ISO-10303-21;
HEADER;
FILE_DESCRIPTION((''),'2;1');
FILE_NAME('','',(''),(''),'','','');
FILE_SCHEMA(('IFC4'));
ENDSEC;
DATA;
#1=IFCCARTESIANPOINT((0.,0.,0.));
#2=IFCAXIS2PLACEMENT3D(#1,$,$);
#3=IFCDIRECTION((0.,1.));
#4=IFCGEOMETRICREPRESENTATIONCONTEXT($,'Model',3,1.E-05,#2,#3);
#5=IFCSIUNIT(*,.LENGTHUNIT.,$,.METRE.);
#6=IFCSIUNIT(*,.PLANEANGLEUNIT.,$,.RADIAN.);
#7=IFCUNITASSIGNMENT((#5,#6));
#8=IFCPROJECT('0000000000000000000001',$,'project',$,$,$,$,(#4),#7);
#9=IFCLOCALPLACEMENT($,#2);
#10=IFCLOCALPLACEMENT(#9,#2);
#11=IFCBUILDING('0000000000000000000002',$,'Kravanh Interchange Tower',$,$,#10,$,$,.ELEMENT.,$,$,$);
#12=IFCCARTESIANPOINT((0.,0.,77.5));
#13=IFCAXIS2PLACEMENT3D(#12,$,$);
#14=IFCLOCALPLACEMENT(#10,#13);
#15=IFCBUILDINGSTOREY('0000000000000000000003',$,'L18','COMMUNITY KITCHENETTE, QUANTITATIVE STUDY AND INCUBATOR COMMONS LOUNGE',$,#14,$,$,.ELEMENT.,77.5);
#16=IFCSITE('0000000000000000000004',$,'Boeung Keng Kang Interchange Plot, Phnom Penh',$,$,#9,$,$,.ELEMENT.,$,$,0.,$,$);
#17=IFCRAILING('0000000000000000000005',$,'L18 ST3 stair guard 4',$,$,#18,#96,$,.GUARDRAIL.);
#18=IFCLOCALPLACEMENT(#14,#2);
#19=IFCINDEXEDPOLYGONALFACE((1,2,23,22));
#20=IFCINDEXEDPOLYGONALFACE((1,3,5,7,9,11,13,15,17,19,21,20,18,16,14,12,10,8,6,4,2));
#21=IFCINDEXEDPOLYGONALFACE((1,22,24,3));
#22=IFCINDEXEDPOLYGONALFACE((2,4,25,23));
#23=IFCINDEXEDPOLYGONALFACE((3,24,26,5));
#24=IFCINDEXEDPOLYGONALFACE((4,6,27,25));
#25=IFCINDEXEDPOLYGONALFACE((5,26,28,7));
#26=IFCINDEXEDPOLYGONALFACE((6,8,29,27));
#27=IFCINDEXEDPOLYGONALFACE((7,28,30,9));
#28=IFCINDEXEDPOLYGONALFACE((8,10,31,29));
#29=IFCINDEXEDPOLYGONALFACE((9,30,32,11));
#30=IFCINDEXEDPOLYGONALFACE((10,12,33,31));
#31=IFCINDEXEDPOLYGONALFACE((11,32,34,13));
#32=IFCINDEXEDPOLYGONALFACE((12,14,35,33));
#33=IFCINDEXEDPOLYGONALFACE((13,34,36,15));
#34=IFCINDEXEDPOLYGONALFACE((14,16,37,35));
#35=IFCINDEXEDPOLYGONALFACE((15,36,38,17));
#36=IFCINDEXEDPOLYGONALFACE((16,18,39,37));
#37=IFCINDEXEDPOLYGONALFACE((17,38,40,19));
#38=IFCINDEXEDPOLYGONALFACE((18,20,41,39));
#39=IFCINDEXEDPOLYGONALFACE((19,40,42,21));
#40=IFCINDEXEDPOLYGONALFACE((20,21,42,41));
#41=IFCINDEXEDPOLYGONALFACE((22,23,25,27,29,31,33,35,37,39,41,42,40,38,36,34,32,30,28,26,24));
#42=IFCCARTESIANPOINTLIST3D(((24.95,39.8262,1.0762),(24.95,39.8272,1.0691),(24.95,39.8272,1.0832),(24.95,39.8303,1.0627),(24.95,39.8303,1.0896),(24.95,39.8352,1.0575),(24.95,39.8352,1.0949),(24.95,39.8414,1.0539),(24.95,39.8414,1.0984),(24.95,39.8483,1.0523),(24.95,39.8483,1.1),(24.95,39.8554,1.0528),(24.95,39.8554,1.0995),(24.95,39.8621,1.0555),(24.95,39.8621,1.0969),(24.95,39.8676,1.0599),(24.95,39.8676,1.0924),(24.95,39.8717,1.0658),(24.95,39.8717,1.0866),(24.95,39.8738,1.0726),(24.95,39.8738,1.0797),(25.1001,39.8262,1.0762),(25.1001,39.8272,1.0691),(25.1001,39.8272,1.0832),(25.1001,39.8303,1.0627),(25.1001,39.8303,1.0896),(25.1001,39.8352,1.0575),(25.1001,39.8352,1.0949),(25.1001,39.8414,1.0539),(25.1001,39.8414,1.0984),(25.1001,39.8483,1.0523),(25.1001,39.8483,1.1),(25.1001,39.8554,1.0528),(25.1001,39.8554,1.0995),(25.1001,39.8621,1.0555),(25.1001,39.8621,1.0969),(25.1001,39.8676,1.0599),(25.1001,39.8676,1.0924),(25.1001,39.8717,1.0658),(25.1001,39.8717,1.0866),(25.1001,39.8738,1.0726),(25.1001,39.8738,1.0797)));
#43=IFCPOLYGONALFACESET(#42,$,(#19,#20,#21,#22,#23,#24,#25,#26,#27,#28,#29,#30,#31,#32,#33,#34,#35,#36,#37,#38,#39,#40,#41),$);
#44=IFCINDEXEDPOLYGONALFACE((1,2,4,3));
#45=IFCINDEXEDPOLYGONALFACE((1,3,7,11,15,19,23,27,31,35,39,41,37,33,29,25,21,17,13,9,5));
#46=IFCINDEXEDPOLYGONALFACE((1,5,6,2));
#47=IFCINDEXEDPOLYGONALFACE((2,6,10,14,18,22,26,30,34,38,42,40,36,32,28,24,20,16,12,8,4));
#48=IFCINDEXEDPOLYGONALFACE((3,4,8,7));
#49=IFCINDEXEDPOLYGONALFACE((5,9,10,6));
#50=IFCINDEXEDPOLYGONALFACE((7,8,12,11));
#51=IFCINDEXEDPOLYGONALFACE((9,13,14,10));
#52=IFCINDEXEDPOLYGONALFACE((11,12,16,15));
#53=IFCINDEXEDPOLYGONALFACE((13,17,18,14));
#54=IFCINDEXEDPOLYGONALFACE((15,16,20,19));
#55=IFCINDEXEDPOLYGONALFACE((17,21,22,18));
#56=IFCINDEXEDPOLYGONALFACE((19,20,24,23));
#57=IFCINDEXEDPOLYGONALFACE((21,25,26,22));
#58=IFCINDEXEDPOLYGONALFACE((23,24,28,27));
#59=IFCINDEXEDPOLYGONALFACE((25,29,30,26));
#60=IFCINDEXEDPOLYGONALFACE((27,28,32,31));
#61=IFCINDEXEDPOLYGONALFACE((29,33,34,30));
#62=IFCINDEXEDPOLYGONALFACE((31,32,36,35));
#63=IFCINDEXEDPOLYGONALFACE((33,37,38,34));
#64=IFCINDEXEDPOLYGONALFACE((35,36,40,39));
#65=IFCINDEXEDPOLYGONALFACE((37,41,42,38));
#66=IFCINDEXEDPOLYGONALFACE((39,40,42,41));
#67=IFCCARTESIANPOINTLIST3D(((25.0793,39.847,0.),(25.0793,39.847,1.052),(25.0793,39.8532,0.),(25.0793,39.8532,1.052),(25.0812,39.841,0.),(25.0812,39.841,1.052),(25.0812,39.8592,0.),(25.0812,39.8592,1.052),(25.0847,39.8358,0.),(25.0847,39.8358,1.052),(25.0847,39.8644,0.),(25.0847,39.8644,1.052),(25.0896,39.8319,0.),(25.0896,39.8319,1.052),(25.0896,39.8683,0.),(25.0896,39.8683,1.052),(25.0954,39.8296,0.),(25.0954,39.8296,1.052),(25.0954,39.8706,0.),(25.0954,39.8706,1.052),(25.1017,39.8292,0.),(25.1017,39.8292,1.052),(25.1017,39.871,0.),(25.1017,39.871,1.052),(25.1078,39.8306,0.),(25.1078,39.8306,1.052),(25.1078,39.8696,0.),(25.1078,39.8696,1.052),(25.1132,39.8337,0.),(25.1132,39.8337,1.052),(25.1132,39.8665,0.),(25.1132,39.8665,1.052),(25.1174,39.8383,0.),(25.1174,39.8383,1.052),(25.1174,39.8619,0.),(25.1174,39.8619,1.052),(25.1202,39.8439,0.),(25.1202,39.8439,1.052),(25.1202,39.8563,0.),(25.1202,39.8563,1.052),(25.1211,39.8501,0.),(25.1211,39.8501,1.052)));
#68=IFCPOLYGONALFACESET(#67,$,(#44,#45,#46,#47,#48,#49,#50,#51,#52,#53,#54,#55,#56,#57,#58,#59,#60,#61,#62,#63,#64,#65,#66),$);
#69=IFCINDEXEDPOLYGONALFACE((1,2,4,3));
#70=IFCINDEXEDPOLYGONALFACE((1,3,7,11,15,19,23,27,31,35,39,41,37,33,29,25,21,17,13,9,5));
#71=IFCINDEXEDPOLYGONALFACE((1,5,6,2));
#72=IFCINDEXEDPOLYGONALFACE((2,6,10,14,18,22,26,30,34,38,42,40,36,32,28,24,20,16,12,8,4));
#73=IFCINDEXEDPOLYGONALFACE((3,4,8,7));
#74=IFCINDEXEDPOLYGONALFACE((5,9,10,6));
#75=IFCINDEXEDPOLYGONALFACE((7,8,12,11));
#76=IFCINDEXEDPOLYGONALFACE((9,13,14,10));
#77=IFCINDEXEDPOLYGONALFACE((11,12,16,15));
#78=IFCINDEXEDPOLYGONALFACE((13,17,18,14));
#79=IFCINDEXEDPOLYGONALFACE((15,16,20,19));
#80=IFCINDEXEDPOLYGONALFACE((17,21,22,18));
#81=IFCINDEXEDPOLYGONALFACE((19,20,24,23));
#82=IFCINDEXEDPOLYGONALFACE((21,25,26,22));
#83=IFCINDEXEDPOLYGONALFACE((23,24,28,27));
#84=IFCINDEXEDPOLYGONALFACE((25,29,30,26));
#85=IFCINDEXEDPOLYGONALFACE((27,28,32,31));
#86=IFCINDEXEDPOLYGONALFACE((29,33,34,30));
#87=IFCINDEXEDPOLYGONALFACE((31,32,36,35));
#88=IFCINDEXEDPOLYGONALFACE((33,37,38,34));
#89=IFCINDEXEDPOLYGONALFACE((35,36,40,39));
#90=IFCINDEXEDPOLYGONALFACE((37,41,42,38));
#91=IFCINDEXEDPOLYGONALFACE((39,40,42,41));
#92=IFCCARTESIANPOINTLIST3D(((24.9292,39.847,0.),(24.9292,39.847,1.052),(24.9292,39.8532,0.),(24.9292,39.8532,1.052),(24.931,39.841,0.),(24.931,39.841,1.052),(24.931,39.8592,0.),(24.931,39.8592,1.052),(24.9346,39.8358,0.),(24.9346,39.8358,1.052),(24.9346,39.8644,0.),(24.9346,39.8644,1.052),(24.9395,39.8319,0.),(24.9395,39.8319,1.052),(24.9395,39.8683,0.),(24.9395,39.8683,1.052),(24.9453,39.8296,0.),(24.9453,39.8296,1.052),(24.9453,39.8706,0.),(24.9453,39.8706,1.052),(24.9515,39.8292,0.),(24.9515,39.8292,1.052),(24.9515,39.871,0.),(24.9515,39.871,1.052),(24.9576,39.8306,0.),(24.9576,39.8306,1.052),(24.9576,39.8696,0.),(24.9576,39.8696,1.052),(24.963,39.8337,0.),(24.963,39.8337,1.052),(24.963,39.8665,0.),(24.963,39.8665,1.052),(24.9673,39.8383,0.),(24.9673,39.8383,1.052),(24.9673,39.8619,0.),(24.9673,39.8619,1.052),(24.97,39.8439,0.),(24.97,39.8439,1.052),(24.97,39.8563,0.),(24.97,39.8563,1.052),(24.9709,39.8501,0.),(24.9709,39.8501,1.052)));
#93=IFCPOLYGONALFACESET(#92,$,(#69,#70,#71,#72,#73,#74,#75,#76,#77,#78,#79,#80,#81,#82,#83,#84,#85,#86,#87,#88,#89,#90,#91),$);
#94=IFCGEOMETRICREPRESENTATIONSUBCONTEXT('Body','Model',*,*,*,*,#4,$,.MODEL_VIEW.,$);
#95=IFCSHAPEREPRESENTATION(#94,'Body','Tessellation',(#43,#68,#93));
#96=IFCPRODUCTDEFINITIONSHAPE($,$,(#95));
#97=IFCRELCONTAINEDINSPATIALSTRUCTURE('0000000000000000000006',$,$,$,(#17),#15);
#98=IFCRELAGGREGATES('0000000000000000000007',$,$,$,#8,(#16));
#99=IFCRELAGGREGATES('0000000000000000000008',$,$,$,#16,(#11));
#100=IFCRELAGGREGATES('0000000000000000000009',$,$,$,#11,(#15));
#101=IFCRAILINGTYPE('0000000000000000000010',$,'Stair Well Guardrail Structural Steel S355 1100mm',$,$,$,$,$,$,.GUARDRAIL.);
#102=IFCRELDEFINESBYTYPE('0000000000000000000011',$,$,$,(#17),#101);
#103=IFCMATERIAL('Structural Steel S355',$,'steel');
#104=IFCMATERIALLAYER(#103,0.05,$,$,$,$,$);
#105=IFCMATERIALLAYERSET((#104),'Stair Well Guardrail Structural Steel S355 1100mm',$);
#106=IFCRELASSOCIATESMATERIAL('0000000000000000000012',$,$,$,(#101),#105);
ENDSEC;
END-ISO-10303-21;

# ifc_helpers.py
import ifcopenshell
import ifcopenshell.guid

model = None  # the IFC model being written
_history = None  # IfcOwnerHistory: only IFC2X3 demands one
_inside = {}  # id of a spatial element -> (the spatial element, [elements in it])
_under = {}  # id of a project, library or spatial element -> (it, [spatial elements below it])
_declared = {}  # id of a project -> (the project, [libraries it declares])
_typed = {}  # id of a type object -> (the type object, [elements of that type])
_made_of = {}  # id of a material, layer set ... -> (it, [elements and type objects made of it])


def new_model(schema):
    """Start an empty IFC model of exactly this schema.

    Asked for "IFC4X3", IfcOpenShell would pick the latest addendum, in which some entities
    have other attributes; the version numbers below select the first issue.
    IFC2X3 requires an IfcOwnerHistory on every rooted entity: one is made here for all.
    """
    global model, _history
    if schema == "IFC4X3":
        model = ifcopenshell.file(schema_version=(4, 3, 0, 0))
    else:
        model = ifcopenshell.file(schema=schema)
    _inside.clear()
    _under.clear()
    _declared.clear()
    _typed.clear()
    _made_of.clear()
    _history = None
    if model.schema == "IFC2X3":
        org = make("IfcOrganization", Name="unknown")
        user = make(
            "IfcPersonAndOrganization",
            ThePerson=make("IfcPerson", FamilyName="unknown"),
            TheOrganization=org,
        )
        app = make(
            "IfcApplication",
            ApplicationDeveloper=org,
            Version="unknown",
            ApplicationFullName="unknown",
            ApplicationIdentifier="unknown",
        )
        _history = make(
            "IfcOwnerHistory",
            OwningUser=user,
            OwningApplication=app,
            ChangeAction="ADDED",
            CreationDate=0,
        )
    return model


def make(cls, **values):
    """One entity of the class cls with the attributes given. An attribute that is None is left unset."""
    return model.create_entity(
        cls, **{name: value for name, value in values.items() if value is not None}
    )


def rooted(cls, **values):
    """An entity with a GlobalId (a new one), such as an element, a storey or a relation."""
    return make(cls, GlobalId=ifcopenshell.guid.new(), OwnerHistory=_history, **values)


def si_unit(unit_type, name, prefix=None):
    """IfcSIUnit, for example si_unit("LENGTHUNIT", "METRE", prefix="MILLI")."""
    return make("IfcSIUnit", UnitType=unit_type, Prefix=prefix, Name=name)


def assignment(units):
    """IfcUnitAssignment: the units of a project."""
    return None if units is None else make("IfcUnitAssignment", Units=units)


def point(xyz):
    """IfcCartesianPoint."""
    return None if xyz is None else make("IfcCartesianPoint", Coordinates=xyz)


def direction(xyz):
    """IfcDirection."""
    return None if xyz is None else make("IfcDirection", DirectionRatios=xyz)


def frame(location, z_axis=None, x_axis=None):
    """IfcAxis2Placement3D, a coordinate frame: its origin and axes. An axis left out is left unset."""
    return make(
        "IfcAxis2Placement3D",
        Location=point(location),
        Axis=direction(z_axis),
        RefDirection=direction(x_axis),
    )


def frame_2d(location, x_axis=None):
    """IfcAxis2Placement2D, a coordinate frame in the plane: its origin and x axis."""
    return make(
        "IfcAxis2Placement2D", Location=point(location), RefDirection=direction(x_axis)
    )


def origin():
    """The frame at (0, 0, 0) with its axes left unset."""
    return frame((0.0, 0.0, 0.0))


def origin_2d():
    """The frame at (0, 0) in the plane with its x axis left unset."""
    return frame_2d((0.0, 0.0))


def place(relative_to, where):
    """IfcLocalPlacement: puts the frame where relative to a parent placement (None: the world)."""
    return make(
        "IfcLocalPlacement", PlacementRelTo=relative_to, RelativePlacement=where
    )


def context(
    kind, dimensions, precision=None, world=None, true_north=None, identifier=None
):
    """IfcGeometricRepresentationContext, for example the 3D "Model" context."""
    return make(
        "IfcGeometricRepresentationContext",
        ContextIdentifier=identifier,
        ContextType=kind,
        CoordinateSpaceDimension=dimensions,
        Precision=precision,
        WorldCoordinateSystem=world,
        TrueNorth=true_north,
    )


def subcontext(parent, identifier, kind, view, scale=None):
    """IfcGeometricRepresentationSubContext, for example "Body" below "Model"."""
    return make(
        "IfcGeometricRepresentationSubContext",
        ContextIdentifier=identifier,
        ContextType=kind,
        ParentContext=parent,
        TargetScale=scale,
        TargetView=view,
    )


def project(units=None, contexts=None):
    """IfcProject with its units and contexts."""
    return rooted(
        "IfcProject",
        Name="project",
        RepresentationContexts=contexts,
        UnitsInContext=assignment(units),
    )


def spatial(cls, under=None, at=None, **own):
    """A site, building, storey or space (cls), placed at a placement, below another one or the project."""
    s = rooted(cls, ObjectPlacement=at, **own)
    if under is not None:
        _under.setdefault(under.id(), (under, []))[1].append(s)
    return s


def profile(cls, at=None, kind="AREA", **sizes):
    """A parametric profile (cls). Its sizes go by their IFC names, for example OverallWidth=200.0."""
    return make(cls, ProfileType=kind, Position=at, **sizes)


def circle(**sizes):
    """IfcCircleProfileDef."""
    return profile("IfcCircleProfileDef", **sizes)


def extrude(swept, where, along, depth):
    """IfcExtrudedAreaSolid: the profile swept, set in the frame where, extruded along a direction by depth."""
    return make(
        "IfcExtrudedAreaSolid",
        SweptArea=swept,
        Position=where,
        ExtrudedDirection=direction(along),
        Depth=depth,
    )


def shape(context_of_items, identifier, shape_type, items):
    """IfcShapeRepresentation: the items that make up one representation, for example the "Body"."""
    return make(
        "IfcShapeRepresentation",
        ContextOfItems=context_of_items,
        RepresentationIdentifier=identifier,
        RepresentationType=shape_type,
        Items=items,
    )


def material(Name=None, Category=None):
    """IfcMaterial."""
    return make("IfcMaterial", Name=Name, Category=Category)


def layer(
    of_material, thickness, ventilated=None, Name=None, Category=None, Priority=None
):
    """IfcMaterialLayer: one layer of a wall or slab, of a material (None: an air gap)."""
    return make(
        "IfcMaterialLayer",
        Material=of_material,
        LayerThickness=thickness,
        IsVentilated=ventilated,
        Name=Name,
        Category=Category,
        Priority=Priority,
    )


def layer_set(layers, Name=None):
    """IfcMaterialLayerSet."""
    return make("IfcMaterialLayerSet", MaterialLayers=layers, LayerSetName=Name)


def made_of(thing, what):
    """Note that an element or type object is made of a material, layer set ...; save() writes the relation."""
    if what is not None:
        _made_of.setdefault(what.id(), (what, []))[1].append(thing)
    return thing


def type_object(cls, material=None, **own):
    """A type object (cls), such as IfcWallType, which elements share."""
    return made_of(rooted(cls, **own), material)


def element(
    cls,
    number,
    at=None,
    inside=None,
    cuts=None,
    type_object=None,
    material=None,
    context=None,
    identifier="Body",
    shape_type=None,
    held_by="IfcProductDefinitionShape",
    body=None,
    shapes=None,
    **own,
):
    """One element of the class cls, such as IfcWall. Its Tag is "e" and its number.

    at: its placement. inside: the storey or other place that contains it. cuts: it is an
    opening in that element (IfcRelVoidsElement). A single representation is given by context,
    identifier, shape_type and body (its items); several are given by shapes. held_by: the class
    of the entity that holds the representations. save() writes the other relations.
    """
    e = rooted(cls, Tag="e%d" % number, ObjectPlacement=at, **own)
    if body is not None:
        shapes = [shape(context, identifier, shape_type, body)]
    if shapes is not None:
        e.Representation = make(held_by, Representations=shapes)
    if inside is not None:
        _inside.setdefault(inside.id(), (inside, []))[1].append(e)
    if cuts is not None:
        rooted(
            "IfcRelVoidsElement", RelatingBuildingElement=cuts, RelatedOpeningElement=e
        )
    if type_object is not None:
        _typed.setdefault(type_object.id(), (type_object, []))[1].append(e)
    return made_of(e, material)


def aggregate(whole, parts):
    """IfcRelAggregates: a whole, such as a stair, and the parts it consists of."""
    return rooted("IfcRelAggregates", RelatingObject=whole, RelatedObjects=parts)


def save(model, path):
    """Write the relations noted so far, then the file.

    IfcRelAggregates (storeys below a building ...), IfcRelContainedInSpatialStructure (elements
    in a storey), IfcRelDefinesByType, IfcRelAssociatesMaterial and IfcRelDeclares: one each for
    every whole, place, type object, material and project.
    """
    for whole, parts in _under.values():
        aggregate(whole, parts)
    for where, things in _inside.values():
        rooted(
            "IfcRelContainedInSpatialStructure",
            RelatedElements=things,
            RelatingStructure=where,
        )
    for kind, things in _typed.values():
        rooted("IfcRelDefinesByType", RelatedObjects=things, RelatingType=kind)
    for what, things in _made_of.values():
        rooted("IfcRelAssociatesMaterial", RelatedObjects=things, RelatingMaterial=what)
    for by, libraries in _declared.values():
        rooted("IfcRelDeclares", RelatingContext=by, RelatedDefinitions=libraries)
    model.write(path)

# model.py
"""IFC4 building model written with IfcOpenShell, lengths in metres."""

from ifc_helpers import new_model, si_unit, direction, frame, origin, origin_2d, place, context, subcontext, project, spatial, circle, extrude, material, layer, layer_set, type_object, element, save


model = new_model("IFC4")

# Units and contexts
model_context = context("Model", 3, precision=1e-05, world=origin(), true_north=direction((0.0, 1.0)))
body_context = subcontext(model_context, "Body", "Model", "MODEL_VIEW")
ifc_project = project(units=[si_unit("LENGTHUNIT", "METRE"), si_unit("PLANEANGLEUNIT", "RADIAN")], contexts=[model_context])

# Site, building, storey
site_placement = place(None, origin())
site = spatial("IfcSite", under=ifc_project, at=site_placement, Name="Boeung Keng Kang Interchange Plot, Phnom Penh", CompositionType="ELEMENT", RefElevation=0.0)
building_placement = place(site_placement, origin())
building = spatial("IfcBuilding", under=site, at=building_placement, Name="Kravanh Interchange Tower", CompositionType="ELEMENT")
storey_placement = place(building_placement, frame((0.0, 0.0, 77.5)))
storey = spatial("IfcBuildingStorey", under=building, at=storey_placement, Name="L18", Description="COMMUNITY KITCHENETTE, QUANTITATIVE STUDY AND INCUBATOR COMMONS LOUNGE", CompositionType="ELEMENT", Elevation=77.5)

# Railing
ifc_material_1 = material(Name="Structural Steel S355", Category="steel")
ifc_layer_1 = layer(ifc_material_1, 0.05)
ifc_layer_set_1 = layer_set([ifc_layer_1], Name="Stair Well Guardrail Structural Steel S355 1100mm")
railing_type_1 = type_object("IfcRailingType", Name="Stair Well Guardrail Structural Steel S355 1100mm", PredefinedType="GUARDRAIL", material=ifc_layer_set_1)
railing_1_placement = place(storey_placement, frame((25.1001, 39.8501, 0.0)))
element("IfcRailing", 1, at=railing_1_placement, inside=storey, type_object=railing_type_1, Name="L18 ST3 stair guard 4", PredefinedType="GUARDRAIL", context=body_context, shape_type="SweptSolid", body=[
    extrude(circle(Radius=0.0239, at=origin_2d()), frame((0.0, 0.0, 1.0762), z_axis=(-1.0, 0.0, 0.0), x_axis=(0.0, -1.0, 0.0)), (0.0, 0.0, 1.0), 0.1501),
    extrude(circle(Radius=0.021, at=origin_2d()), origin(), (0.0, 0.0, 1.0), 1.052),
    extrude(circle(Radius=0.021, at=origin_2d()), frame((-0.1501, 0.0, 0.0)), (0.0, 0.0, 1.0), 1.052),
])

save(model, "model.ifc")
